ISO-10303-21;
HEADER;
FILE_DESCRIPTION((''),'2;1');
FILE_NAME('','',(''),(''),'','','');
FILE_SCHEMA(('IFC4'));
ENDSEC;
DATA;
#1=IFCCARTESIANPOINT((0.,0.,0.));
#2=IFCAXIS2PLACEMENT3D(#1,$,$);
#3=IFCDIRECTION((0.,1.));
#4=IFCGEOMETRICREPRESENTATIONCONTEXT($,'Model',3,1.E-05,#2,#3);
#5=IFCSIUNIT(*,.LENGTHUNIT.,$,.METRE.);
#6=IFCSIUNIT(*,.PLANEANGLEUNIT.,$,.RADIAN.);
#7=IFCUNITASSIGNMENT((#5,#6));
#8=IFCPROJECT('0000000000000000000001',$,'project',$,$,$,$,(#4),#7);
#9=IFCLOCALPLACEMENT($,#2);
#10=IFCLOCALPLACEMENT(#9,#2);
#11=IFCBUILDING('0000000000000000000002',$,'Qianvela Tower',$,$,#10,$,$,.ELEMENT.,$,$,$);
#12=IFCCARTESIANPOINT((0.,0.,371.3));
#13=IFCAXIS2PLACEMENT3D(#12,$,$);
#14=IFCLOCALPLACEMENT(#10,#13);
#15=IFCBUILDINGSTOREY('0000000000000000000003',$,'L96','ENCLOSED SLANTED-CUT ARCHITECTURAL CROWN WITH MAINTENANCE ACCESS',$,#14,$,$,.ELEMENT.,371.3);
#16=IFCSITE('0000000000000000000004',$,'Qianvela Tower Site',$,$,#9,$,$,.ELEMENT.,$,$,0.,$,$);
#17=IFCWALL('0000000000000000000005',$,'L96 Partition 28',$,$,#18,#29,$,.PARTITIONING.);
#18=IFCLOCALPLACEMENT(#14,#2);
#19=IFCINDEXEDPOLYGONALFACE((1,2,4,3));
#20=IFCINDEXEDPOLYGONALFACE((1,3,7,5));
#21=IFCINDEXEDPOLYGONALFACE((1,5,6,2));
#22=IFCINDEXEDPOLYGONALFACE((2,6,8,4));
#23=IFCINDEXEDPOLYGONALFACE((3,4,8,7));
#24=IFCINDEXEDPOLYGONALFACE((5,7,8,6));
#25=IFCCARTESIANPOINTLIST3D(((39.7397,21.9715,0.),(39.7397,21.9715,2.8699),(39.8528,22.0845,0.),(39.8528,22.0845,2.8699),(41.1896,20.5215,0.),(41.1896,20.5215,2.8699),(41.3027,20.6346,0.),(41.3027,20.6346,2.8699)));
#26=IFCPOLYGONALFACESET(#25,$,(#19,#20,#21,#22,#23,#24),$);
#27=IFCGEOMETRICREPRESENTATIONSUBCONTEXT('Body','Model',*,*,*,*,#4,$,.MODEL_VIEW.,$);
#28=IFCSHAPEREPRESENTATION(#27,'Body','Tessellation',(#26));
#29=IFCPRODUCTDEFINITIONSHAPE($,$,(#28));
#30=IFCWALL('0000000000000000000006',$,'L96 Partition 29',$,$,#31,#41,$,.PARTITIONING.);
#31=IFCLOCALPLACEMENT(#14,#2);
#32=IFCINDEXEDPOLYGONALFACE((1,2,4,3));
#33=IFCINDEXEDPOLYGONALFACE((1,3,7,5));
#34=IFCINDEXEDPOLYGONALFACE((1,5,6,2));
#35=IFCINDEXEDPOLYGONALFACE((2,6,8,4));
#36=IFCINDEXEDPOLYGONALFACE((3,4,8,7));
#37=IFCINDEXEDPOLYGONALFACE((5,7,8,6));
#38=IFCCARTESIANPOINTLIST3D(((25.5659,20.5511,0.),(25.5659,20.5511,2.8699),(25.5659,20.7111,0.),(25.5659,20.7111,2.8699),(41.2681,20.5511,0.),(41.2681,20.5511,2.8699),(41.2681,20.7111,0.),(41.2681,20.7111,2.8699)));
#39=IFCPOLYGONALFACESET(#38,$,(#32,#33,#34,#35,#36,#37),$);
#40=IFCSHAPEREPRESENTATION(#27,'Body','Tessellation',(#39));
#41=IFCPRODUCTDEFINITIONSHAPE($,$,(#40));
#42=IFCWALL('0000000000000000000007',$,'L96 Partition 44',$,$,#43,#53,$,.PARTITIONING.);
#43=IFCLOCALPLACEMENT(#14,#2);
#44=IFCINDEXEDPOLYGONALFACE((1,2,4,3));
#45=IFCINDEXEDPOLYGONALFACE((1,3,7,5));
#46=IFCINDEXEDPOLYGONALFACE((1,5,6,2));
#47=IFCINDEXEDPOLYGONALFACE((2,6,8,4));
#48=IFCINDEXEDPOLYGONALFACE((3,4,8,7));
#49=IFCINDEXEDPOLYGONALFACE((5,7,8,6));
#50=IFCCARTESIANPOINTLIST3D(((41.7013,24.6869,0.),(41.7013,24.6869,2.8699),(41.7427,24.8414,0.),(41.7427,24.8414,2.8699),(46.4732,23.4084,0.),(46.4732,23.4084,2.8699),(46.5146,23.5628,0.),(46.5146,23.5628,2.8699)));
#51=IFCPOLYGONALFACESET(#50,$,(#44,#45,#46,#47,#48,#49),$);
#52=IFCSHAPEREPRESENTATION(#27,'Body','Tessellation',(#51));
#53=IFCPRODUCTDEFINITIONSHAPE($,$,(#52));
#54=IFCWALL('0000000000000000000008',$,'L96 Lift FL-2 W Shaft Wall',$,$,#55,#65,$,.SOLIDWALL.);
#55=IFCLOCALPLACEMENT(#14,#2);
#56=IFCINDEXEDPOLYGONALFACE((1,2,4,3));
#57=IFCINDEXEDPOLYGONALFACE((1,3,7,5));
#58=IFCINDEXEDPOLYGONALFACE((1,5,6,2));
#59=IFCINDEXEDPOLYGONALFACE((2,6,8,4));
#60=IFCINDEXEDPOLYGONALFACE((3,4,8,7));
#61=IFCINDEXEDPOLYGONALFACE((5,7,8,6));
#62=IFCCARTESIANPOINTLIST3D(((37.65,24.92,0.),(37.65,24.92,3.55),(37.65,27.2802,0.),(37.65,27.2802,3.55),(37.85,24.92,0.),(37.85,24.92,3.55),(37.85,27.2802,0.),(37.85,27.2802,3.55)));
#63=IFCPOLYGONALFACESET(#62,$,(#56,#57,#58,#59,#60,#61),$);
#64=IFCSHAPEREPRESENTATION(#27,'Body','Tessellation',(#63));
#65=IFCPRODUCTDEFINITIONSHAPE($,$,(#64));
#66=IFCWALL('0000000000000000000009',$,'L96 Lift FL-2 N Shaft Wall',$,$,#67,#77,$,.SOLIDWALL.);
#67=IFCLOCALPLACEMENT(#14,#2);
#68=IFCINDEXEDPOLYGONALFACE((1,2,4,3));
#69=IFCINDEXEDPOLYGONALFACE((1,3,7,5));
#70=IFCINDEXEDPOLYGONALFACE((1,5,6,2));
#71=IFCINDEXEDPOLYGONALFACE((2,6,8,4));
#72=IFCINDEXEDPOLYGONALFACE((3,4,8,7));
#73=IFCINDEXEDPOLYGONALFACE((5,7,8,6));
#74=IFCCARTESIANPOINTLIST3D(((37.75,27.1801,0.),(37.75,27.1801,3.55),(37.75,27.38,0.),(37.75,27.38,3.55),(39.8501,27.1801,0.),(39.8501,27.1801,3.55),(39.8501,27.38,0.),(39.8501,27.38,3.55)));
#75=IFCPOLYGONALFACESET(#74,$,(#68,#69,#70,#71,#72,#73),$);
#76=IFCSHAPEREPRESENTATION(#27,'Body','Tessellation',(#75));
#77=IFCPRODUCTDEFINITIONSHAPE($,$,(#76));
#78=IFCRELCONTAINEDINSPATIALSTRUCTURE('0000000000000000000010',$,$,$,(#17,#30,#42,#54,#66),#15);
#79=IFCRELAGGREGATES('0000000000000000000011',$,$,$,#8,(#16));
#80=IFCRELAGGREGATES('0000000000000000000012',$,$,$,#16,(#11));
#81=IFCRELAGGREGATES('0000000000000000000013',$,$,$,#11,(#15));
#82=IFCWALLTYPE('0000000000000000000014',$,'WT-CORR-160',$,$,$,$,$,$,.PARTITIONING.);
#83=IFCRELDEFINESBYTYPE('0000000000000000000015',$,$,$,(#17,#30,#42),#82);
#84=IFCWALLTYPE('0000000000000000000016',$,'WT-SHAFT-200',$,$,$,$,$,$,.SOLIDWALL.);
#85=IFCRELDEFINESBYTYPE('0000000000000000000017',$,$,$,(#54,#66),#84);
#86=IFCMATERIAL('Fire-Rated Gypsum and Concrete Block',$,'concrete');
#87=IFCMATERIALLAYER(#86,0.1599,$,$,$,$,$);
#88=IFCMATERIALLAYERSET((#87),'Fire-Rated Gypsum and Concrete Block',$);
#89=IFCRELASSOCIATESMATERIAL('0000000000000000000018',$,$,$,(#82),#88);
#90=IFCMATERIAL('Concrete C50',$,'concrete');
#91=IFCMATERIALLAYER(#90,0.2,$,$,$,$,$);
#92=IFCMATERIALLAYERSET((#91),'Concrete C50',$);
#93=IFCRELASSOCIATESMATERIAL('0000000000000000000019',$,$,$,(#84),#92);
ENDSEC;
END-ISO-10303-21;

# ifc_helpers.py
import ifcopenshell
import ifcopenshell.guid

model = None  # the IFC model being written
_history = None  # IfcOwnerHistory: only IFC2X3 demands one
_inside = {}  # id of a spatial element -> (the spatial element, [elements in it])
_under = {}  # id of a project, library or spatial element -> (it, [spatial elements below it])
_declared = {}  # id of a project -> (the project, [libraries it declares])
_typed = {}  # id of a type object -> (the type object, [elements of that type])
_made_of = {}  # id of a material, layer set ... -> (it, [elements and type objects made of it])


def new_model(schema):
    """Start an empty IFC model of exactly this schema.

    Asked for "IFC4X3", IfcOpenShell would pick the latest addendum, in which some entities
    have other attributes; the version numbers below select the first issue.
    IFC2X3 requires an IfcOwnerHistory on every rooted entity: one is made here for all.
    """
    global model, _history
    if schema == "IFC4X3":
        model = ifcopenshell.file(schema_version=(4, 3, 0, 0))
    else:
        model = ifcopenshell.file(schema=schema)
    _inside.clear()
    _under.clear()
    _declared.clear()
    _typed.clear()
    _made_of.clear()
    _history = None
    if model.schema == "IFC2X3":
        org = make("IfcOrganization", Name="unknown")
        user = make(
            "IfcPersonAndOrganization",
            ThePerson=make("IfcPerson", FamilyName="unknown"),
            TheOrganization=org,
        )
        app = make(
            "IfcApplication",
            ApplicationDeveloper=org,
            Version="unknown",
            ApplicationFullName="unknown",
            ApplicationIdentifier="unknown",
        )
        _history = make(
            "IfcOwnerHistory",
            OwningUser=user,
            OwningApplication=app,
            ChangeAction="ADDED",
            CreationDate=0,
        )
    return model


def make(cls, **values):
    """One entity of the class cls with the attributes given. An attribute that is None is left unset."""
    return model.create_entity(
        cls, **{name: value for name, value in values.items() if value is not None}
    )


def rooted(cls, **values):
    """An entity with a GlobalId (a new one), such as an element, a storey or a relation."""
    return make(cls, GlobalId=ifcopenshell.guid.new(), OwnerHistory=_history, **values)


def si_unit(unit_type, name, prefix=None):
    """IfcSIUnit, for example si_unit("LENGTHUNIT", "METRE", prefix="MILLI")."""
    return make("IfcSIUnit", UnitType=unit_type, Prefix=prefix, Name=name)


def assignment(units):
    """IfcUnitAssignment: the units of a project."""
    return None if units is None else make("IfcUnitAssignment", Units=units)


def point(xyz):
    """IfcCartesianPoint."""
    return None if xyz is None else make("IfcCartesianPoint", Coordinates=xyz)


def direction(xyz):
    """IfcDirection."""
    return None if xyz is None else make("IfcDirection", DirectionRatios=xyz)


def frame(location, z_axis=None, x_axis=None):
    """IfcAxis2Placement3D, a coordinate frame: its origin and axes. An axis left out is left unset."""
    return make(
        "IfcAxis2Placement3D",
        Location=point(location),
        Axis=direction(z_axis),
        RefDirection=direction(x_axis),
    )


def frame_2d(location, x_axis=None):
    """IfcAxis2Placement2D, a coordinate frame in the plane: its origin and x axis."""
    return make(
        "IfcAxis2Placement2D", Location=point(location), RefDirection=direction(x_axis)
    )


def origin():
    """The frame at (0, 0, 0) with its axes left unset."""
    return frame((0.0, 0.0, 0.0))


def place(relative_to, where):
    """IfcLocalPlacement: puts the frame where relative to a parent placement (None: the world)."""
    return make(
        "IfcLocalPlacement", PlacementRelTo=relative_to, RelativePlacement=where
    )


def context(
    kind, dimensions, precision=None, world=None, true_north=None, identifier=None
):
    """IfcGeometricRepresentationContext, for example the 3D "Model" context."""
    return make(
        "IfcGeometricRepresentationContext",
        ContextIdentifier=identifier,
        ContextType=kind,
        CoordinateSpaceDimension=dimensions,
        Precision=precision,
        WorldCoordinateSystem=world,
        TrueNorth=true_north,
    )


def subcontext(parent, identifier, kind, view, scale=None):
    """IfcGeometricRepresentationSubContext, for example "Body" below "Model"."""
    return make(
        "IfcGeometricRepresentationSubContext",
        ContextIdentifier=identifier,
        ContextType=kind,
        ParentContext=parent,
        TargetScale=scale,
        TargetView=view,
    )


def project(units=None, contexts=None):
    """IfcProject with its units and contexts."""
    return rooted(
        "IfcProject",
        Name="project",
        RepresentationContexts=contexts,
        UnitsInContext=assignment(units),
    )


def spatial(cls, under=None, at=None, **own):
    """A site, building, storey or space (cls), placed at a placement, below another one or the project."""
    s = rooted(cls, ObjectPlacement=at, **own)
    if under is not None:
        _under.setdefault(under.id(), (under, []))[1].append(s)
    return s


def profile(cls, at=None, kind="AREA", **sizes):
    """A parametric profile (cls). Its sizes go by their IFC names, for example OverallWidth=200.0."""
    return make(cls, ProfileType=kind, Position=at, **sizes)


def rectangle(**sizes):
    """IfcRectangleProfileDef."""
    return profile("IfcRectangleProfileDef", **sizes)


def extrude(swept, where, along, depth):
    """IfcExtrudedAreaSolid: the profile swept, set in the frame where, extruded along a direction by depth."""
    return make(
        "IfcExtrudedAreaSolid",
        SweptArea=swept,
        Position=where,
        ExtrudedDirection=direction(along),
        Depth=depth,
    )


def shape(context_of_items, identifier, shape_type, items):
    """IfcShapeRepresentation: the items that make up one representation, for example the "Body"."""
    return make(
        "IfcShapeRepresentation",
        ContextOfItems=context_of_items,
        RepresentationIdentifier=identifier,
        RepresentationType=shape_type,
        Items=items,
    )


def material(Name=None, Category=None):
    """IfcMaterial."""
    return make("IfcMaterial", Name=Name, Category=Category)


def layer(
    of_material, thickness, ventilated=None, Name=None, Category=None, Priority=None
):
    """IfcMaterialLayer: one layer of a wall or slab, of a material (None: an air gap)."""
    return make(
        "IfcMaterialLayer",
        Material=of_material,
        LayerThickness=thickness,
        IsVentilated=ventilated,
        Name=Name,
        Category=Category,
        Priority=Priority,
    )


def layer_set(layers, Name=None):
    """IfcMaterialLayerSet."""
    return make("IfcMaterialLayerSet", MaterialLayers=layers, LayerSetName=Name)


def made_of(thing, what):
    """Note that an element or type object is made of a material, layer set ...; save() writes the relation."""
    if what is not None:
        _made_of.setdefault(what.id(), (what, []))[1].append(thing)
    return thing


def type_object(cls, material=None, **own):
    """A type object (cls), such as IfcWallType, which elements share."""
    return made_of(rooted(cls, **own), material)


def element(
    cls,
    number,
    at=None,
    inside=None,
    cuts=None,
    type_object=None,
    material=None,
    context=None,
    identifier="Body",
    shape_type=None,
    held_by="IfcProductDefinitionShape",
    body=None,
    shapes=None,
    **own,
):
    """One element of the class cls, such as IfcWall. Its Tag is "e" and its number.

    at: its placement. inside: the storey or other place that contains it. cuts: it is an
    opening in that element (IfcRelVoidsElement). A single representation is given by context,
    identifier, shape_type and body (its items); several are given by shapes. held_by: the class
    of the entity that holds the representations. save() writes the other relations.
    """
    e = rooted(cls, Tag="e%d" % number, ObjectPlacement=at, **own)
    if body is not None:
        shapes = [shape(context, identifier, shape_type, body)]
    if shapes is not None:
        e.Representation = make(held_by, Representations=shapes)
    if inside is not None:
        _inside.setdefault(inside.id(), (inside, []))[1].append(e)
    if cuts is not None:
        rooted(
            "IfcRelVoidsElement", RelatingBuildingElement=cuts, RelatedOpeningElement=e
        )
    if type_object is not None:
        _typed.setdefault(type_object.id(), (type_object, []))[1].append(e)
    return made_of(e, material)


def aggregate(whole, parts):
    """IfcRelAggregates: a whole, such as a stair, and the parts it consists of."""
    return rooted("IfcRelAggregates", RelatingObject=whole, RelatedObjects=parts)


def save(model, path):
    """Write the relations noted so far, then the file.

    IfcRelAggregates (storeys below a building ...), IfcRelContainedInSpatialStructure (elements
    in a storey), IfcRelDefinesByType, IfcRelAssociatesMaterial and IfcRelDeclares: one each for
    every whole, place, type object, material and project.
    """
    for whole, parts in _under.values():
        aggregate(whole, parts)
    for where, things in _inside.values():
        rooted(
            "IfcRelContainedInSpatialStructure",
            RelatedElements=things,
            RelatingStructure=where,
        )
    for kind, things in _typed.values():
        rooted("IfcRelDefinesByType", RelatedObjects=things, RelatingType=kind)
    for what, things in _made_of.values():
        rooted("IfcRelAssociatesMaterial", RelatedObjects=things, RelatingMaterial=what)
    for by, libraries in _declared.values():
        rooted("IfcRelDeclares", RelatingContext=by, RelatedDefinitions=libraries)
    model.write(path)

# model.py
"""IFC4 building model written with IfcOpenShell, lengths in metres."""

from ifc_helpers import new_model, si_unit, direction, frame, frame_2d, origin, place, context, subcontext, project, spatial, rectangle, extrude, material, layer, layer_set, type_object, element, save


model = new_model("IFC4")

# Units and contexts
model_context = context("Model", 3, precision=1e-05, world=origin(), true_north=direction((0.0, 1.0)))
body_context = subcontext(model_context, "Body", "Model", "MODEL_VIEW")
ifc_project = project(units=[si_unit("LENGTHUNIT", "METRE"), si_unit("PLANEANGLEUNIT", "RADIAN")], contexts=[model_context])

# Site, building, storey
site_placement = place(None, origin())
site = spatial("IfcSite", under=ifc_project, at=site_placement, Name="Qianvela Tower Site", CompositionType="ELEMENT", RefElevation=0.0)
building_placement = place(site_placement, origin())
building = spatial("IfcBuilding", under=site, at=building_placement, Name="Qianvela Tower", CompositionType="ELEMENT")
storey_placement = place(building_placement, frame((0.0, 0.0, 371.3)))
storey = spatial("IfcBuildingStorey", under=building, at=storey_placement, Name="L96", Description="ENCLOSED SLANTED-CUT ARCHITECTURAL CROWN WITH MAINTENANCE ACCESS", CompositionType="ELEMENT", Elevation=371.3)

# Shared definitions
ifc_material_1 = material(Name="Fire-Rated Gypsum and Concrete Block", Category="concrete")
ifc_layer_1 = layer(ifc_material_1, 0.1599)
ifc_layer_set_1 = layer_set([ifc_layer_1], Name="Fire-Rated Gypsum and Concrete Block")
wall_type_1 = type_object("IfcWallType", Name="WT-CORR-160", PredefinedType="PARTITIONING", material=ifc_layer_set_1)

# Walls
wall_1_placement = place(storey_placement, frame((39.7961, 22.0281, 0.0), z_axis=(0.0, 0.0, 1.0), x_axis=(0.707107, -0.707107, 0.0)))
element("IfcWall", 1, at=wall_1_placement, inside=storey, type_object=wall_type_1, Name="L96 Partition 28", PredefinedType="PARTITIONING", context=body_context, shape_type="SweptSolid", body=[
    extrude(rectangle(XDim=2.0505, YDim=0.1599, at=frame_2d((1.0254, 0.0))), origin(), (0.0, 0.0, 1.0), 2.8699),
])
wall_2_placement = place(storey_placement, frame((41.2681, 20.6311, 0.0), z_axis=(0.0, 0.0, 1.0), x_axis=(-1.0, 0.0, 0.0)))
element("IfcWall", 2, at=wall_2_placement, inside=storey, type_object=wall_type_1, Name="L96 Partition 29", PredefinedType="PARTITIONING", context=body_context, shape_type="SweptSolid", body=[
    extrude(rectangle(XDim=15.7021, YDim=0.1599, at=frame_2d((7.8511, 0.0))), origin(), (0.0, 0.0, 1.0), 2.8699),
])
wall_3_placement = place(storey_placement, frame((41.7219, 24.7642, 0.0), z_axis=(0.0, 0.0, 1.0), x_axis=(0.96593, -0.258804, 0.0)))
element("IfcWall", 3, at=wall_3_placement, inside=storey, type_object=wall_type_1, Name="L96 Partition 44", PredefinedType="PARTITIONING", context=body_context, shape_type="SweptSolid", body=[
    extrude(rectangle(XDim=4.9402, YDim=0.1599, at=frame_2d((2.4702, 0.0))), origin(), (0.0, 0.0, 1.0), 2.8699),
])

# Shared definitions
ifc_material_2 = material(Name="Concrete C50", Category="concrete")
ifc_layer_2 = layer(ifc_material_2, 0.2)
ifc_layer_set_2 = layer_set([ifc_layer_2], Name="Concrete C50")
wall_type_2 = type_object("IfcWallType", Name="WT-SHAFT-200", PredefinedType="SOLIDWALL", material=ifc_layer_set_2)

# Walls
wall_4_placement = place(storey_placement, frame((37.75, 24.9199, 0.0), z_axis=(0.0, 0.0, 1.0), x_axis=(0.0, 1.0, 0.0)))
element("IfcWall", 4, at=wall_4_placement, inside=storey, type_object=wall_type_2, Name="L96 Lift FL-2 W Shaft Wall", PredefinedType="SOLIDWALL", context=body_context, shape_type="SweptSolid", body=[
    extrude(rectangle(XDim=2.3601, YDim=0.2, at=frame_2d((1.1802, 0.0))), origin(), (0.0, 0.0, 1.0), 3.55),
])
wall_5_placement = place(storey_placement, frame((37.75, 27.28, 0.0), z_axis=(0.0, 0.0, 1.0), x_axis=(1.0, 0.0, 0.0)))
element("IfcWall", 5, at=wall_5_placement, inside=storey, type_object=wall_type_2, Name="L96 Lift FL-2 N Shaft Wall", PredefinedType="SOLIDWALL", context=body_context, shape_type="SweptSolid", body=[
    extrude(rectangle(XDim=2.1001, YDim=0.2, at=frame_2d((1.05, 0.0))), origin(), (0.0, 0.0, 1.0), 3.55),
])

save(model, "model.ifc")
